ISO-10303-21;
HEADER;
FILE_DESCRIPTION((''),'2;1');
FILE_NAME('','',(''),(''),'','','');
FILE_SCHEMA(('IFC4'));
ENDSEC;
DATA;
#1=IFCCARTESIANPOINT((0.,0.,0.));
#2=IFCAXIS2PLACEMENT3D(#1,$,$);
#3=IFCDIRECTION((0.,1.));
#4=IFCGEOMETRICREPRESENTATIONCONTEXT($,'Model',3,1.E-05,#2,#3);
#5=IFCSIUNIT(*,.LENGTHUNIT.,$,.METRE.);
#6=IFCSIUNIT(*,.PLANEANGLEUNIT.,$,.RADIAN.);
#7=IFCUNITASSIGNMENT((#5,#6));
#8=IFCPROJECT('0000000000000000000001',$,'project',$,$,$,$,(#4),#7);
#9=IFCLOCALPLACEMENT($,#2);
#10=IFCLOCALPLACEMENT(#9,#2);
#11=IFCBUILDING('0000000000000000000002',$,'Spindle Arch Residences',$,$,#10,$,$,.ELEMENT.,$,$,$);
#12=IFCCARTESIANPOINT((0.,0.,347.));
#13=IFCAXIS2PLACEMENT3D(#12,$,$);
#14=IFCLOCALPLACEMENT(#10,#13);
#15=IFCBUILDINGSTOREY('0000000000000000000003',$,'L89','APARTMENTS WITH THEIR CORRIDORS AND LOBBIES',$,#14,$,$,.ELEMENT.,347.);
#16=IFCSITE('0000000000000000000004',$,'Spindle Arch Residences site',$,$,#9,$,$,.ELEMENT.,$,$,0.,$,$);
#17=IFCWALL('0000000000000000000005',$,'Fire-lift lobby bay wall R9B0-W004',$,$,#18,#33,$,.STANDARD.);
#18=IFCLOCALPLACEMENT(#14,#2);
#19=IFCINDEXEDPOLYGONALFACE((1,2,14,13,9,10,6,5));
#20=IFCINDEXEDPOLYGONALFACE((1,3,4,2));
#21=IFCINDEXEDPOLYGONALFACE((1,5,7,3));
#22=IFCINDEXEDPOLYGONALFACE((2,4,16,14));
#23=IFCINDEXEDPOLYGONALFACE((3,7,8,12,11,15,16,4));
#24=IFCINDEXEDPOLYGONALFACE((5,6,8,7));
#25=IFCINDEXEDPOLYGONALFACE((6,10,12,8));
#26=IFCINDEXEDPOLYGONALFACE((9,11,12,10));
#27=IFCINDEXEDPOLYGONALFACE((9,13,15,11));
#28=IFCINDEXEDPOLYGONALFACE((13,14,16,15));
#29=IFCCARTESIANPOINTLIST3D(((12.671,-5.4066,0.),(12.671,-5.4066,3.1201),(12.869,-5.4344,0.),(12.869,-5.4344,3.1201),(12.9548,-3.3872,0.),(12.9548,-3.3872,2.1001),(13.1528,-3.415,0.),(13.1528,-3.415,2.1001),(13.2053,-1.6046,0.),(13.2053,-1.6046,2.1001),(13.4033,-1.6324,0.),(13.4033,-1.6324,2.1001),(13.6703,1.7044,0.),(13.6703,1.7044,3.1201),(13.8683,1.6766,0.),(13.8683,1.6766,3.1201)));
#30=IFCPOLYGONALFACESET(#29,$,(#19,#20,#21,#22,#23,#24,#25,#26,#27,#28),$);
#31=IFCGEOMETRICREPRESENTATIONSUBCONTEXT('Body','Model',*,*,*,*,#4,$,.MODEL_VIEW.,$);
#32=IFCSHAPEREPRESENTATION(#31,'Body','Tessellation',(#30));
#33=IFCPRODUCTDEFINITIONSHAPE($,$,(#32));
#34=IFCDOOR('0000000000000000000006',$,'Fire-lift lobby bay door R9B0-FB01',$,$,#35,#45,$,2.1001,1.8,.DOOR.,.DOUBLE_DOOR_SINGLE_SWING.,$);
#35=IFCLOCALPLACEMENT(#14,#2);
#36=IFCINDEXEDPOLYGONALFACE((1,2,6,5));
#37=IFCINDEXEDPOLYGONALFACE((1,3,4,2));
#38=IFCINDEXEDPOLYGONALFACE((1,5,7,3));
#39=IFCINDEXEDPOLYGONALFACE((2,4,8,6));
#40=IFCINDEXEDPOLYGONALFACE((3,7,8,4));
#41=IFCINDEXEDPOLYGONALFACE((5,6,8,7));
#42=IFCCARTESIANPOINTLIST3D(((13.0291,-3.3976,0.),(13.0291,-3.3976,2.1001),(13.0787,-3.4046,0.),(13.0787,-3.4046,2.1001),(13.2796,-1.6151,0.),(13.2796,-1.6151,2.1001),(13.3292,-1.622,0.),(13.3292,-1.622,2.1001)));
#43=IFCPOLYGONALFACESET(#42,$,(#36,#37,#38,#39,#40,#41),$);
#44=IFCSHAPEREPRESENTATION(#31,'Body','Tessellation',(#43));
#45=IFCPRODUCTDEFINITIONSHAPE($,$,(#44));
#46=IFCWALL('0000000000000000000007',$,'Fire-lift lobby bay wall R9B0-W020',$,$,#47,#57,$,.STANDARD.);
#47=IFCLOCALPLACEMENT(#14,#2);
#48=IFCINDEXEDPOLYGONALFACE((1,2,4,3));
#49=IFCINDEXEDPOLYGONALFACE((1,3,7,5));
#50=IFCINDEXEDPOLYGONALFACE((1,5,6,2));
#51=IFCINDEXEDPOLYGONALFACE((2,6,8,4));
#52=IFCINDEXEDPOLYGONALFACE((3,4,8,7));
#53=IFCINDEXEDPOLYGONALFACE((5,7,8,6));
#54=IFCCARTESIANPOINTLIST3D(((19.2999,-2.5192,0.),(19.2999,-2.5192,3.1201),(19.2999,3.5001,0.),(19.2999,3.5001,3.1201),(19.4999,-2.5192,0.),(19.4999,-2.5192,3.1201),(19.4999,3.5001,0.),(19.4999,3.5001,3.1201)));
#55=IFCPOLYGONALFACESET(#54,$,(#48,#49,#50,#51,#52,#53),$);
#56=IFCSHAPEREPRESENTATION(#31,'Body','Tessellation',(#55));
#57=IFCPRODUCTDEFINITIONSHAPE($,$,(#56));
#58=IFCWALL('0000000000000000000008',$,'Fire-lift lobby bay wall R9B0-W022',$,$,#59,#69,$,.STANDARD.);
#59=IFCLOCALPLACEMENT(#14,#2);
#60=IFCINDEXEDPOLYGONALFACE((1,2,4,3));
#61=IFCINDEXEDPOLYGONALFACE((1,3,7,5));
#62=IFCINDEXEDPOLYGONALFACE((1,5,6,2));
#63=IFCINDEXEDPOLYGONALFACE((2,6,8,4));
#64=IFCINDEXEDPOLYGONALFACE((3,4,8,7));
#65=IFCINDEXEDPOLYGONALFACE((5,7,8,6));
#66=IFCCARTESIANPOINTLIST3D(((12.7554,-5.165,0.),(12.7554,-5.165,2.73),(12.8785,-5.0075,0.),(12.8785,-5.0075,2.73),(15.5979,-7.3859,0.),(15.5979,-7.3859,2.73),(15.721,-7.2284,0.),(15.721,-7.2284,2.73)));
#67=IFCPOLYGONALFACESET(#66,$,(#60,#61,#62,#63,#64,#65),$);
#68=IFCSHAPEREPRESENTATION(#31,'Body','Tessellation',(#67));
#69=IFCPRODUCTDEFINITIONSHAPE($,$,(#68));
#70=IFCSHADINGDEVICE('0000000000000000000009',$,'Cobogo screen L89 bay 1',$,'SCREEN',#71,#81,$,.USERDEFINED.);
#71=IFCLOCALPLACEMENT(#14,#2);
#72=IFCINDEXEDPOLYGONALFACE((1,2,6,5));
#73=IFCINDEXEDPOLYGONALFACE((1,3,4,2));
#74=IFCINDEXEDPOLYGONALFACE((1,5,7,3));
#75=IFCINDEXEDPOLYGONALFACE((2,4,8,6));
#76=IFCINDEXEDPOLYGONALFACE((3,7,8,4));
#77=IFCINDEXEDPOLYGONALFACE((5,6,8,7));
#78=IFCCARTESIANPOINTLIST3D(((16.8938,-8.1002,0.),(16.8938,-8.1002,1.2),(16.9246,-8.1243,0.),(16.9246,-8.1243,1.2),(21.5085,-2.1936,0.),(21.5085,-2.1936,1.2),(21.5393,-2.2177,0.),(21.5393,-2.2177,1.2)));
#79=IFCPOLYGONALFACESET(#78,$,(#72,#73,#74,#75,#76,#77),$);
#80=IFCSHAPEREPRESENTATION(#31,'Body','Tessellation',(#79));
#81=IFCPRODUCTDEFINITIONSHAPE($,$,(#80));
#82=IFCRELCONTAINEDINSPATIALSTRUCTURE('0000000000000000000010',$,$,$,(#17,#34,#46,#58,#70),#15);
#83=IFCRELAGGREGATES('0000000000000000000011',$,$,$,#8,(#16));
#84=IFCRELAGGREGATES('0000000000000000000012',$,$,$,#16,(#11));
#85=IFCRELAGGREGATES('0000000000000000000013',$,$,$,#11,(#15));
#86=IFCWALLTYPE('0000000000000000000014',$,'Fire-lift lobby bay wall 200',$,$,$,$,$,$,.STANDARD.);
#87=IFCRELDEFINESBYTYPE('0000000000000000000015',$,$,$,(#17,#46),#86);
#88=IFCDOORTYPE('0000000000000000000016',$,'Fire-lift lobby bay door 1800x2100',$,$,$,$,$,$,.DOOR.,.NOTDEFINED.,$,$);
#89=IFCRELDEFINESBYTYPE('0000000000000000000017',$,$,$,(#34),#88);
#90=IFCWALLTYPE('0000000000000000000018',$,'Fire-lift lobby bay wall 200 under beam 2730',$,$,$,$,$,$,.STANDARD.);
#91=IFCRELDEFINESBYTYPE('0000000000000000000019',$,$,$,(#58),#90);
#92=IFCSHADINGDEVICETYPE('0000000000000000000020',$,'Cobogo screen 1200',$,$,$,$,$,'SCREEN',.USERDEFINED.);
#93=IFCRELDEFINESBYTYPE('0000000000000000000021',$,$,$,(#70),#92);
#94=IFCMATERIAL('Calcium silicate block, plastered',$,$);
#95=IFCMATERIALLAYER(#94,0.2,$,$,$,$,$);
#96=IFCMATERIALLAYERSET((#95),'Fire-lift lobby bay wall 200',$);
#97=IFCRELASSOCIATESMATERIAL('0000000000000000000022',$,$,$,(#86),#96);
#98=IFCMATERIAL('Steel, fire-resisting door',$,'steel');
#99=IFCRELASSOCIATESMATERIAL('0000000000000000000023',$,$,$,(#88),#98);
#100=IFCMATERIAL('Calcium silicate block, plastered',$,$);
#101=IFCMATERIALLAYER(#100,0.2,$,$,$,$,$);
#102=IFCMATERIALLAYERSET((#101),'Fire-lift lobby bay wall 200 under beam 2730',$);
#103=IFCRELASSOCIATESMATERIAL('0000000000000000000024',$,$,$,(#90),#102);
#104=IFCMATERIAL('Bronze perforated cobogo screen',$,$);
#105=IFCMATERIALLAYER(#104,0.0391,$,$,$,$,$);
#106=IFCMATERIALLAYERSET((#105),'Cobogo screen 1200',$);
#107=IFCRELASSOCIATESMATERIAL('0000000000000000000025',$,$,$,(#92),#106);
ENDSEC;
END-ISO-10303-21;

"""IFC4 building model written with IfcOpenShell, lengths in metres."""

from ifc_helpers import new_model, si_unit, direction, frame, frame_2d, origin, origin_2d, place, context, subcontext, project, spatial, rectangle, extrude, material, layer, layer_set, type_object, element, fill, save


model = new_model("IFC4")

# Units and contexts
model_context = context("Model", 3, precision=1e-05, world=origin(), true_north=direction((0.0, 1.0)))
body_context = subcontext(model_context, "Body", "Model", "MODEL_VIEW")
ifc_project = project(units=[si_unit("LENGTHUNIT", "METRE"), si_unit("PLANEANGLEUNIT", "RADIAN")], contexts=[model_context])

# Site, building, storey
site_placement = place(None, origin())
site = spatial("IfcSite", under=ifc_project, at=site_placement, Name="Spindle Arch Residences site", CompositionType="ELEMENT", RefElevation=0.0)
building_placement = place(site_placement, origin())
building = spatial("IfcBuilding", under=site, at=building_placement, Name="Spindle Arch Residences", CompositionType="ELEMENT")
storey_placement = place(building_placement, frame((0.0, 0.0, 347.0)))
storey = spatial("IfcBuildingStorey", under=building, at=storey_placement, Name="L89", Description="APARTMENTS WITH THEIR CORRIDORS AND LOBBIES", CompositionType="ELEMENT", Elevation=347.0)

# Wall, opening, door
ifc_material_1 = material(Name="Calcium silicate block, plastered")
ifc_layer_1 = layer(ifc_material_1, 0.2)
ifc_layer_set_1 = layer_set([ifc_layer_1], Name="Fire-lift lobby bay wall 200")
wall_type_1 = type_object("IfcWallType", Name="Fire-lift lobby bay wall 200", PredefinedType="STANDARD", material=ifc_layer_set_1)
wall_1_placement = place(storey_placement, frame((12.77, -5.4204, 0.0), z_axis=(0.0, 0.0, 1.0), x_axis=(0.139155, 0.990271, 0.0)))
wall_1 = element("IfcWall", 1, at=wall_1_placement, inside=storey, type_object=wall_type_1, Name="Fire-lift lobby bay wall R9B0-W004", PredefinedType="STANDARD", context=body_context, shape_type="SweptSolid", body=[
    extrude(rectangle(XDim=7.1809, YDim=0.2, at=frame_2d((3.5903, 0.0))), origin(), (0.0, 0.0, 1.0), 3.1201),
])
opening_1_placement = place(wall_1_placement, frame((2.0393, 0.0, 0.0)))
opening_1 = element("IfcOpeningElement", 2, at=opening_1_placement, cuts=wall_1, PredefinedType="OPENING", context=body_context, shape_type="SweptSolid", body=[
    extrude(rectangle(XDim=1.8, YDim=2.1001, at=frame_2d((0.8999, 1.05))), frame((0.0, 0.1099, 0.0), z_axis=(0.0, -1.0, 0.0), x_axis=(1.0, 0.0, 0.0)), (0.0, 0.0, 1.0), 0.22),
])
ifc_material_2 = material(Name="Steel, fire-resisting door", Category="steel")
door_type_1 = type_object("IfcDoorType", Name="Fire-lift lobby bay door 1800x2100", OperationType="NOTDEFINED", PredefinedType="DOOR", material=ifc_material_2)
door_1_placement = place(opening_1_placement, origin())
door_1 = element("IfcDoor", 3, at=door_1_placement, inside=storey, type_object=door_type_1, Name="Fire-lift lobby bay door R9B0-FB01", OperationType="DOUBLE_DOOR_SINGLE_SWING", OverallHeight=2.1001, OverallWidth=1.8, PredefinedType="DOOR", context=body_context, shape_type="SweptSolid", body=[
    extrude(rectangle(XDim=1.8, YDim=2.1001, at=frame_2d((0.8999, 1.05))), frame((0.0, 0.0249, 0.0), z_axis=(0.0, -1.0, 0.0), x_axis=(1.0, 0.0, 0.0)), (0.0, 0.0, 1.0), 0.05),
])
fill(opening_1, door_1)

# Walls
wall_2_placement = place(storey_placement, frame((19.3999, -2.5193, 0.0), z_axis=(0.0, 0.0, 1.0), x_axis=(0.0, 1.0, 0.0)))
element("IfcWall", 4, at=wall_2_placement, inside=storey, type_object=wall_type_1, Name="Fire-lift lobby bay wall R9B0-W020", PredefinedType="STANDARD", context=body_context, shape_type="SweptSolid", body=[
    extrude(rectangle(XDim=6.0193, YDim=0.2, at=frame_2d((3.0098, 0.0))), origin(), (0.0, 0.0, 1.0), 3.1201),
])
ifc_material_3 = material(Name="Calcium silicate block, plastered")
ifc_layer_2 = layer(ifc_material_3, 0.2)
ifc_layer_set_2 = layer_set([ifc_layer_2], Name="Fire-lift lobby bay wall 200 under beam 2730")
wall_type_2 = type_object("IfcWallType", Name="Fire-lift lobby bay wall 200 under beam 2730", PredefinedType="STANDARD", material=ifc_layer_set_2)
wall_3_placement = place(storey_placement, frame((12.8169, -5.0862, 0.0), z_axis=(0.0, 0.0, 1.0), x_axis=(0.787995, -0.615682, 0.0)))
element("IfcWall", 5, at=wall_3_placement, inside=storey, type_object=wall_type_2, Name="Fire-lift lobby bay wall R9B0-W022", PredefinedType="STANDARD", context=body_context, shape_type="SweptSolid", body=[
    extrude(rectangle(XDim=3.6072, YDim=0.2, at=frame_2d((1.8037, 0.0))), origin(), (0.0, 0.0, 1.0), 2.73),
])

# Shading device
ifc_material_4 = material(Name="Bronze perforated cobogo screen")
ifc_layer_3 = layer(ifc_material_4, 0.0391)
ifc_layer_set_3 = layer_set([ifc_layer_3], Name="Cobogo screen 1200")
shading_device_type = type_object("IfcShadingDeviceType", Name="Cobogo screen 1200", ElementType="SCREEN", PredefinedType="USERDEFINED", material=ifc_layer_set_3)
shading_device_placement = place(storey_placement, frame((19.2166, -5.1589, 0.0), z_axis=(0.0, 0.0, 1.0), x_axis=(0.615661, 0.788011, 0.0)))
element("IfcShadingDevice", 6, at=shading_device_placement, inside=storey, type_object=shading_device_type, Name="Cobogo screen L89 bay 1", ObjectType="SCREEN", PredefinedType="USERDEFINED", context=body_context, shape_type="SweptSolid", body=[
    extrude(rectangle(XDim=7.4956, YDim=0.0391, at=origin_2d()), origin(), (0.0, 0.0, 1.0), 1.2),
])

save(model, "model.ifc")
